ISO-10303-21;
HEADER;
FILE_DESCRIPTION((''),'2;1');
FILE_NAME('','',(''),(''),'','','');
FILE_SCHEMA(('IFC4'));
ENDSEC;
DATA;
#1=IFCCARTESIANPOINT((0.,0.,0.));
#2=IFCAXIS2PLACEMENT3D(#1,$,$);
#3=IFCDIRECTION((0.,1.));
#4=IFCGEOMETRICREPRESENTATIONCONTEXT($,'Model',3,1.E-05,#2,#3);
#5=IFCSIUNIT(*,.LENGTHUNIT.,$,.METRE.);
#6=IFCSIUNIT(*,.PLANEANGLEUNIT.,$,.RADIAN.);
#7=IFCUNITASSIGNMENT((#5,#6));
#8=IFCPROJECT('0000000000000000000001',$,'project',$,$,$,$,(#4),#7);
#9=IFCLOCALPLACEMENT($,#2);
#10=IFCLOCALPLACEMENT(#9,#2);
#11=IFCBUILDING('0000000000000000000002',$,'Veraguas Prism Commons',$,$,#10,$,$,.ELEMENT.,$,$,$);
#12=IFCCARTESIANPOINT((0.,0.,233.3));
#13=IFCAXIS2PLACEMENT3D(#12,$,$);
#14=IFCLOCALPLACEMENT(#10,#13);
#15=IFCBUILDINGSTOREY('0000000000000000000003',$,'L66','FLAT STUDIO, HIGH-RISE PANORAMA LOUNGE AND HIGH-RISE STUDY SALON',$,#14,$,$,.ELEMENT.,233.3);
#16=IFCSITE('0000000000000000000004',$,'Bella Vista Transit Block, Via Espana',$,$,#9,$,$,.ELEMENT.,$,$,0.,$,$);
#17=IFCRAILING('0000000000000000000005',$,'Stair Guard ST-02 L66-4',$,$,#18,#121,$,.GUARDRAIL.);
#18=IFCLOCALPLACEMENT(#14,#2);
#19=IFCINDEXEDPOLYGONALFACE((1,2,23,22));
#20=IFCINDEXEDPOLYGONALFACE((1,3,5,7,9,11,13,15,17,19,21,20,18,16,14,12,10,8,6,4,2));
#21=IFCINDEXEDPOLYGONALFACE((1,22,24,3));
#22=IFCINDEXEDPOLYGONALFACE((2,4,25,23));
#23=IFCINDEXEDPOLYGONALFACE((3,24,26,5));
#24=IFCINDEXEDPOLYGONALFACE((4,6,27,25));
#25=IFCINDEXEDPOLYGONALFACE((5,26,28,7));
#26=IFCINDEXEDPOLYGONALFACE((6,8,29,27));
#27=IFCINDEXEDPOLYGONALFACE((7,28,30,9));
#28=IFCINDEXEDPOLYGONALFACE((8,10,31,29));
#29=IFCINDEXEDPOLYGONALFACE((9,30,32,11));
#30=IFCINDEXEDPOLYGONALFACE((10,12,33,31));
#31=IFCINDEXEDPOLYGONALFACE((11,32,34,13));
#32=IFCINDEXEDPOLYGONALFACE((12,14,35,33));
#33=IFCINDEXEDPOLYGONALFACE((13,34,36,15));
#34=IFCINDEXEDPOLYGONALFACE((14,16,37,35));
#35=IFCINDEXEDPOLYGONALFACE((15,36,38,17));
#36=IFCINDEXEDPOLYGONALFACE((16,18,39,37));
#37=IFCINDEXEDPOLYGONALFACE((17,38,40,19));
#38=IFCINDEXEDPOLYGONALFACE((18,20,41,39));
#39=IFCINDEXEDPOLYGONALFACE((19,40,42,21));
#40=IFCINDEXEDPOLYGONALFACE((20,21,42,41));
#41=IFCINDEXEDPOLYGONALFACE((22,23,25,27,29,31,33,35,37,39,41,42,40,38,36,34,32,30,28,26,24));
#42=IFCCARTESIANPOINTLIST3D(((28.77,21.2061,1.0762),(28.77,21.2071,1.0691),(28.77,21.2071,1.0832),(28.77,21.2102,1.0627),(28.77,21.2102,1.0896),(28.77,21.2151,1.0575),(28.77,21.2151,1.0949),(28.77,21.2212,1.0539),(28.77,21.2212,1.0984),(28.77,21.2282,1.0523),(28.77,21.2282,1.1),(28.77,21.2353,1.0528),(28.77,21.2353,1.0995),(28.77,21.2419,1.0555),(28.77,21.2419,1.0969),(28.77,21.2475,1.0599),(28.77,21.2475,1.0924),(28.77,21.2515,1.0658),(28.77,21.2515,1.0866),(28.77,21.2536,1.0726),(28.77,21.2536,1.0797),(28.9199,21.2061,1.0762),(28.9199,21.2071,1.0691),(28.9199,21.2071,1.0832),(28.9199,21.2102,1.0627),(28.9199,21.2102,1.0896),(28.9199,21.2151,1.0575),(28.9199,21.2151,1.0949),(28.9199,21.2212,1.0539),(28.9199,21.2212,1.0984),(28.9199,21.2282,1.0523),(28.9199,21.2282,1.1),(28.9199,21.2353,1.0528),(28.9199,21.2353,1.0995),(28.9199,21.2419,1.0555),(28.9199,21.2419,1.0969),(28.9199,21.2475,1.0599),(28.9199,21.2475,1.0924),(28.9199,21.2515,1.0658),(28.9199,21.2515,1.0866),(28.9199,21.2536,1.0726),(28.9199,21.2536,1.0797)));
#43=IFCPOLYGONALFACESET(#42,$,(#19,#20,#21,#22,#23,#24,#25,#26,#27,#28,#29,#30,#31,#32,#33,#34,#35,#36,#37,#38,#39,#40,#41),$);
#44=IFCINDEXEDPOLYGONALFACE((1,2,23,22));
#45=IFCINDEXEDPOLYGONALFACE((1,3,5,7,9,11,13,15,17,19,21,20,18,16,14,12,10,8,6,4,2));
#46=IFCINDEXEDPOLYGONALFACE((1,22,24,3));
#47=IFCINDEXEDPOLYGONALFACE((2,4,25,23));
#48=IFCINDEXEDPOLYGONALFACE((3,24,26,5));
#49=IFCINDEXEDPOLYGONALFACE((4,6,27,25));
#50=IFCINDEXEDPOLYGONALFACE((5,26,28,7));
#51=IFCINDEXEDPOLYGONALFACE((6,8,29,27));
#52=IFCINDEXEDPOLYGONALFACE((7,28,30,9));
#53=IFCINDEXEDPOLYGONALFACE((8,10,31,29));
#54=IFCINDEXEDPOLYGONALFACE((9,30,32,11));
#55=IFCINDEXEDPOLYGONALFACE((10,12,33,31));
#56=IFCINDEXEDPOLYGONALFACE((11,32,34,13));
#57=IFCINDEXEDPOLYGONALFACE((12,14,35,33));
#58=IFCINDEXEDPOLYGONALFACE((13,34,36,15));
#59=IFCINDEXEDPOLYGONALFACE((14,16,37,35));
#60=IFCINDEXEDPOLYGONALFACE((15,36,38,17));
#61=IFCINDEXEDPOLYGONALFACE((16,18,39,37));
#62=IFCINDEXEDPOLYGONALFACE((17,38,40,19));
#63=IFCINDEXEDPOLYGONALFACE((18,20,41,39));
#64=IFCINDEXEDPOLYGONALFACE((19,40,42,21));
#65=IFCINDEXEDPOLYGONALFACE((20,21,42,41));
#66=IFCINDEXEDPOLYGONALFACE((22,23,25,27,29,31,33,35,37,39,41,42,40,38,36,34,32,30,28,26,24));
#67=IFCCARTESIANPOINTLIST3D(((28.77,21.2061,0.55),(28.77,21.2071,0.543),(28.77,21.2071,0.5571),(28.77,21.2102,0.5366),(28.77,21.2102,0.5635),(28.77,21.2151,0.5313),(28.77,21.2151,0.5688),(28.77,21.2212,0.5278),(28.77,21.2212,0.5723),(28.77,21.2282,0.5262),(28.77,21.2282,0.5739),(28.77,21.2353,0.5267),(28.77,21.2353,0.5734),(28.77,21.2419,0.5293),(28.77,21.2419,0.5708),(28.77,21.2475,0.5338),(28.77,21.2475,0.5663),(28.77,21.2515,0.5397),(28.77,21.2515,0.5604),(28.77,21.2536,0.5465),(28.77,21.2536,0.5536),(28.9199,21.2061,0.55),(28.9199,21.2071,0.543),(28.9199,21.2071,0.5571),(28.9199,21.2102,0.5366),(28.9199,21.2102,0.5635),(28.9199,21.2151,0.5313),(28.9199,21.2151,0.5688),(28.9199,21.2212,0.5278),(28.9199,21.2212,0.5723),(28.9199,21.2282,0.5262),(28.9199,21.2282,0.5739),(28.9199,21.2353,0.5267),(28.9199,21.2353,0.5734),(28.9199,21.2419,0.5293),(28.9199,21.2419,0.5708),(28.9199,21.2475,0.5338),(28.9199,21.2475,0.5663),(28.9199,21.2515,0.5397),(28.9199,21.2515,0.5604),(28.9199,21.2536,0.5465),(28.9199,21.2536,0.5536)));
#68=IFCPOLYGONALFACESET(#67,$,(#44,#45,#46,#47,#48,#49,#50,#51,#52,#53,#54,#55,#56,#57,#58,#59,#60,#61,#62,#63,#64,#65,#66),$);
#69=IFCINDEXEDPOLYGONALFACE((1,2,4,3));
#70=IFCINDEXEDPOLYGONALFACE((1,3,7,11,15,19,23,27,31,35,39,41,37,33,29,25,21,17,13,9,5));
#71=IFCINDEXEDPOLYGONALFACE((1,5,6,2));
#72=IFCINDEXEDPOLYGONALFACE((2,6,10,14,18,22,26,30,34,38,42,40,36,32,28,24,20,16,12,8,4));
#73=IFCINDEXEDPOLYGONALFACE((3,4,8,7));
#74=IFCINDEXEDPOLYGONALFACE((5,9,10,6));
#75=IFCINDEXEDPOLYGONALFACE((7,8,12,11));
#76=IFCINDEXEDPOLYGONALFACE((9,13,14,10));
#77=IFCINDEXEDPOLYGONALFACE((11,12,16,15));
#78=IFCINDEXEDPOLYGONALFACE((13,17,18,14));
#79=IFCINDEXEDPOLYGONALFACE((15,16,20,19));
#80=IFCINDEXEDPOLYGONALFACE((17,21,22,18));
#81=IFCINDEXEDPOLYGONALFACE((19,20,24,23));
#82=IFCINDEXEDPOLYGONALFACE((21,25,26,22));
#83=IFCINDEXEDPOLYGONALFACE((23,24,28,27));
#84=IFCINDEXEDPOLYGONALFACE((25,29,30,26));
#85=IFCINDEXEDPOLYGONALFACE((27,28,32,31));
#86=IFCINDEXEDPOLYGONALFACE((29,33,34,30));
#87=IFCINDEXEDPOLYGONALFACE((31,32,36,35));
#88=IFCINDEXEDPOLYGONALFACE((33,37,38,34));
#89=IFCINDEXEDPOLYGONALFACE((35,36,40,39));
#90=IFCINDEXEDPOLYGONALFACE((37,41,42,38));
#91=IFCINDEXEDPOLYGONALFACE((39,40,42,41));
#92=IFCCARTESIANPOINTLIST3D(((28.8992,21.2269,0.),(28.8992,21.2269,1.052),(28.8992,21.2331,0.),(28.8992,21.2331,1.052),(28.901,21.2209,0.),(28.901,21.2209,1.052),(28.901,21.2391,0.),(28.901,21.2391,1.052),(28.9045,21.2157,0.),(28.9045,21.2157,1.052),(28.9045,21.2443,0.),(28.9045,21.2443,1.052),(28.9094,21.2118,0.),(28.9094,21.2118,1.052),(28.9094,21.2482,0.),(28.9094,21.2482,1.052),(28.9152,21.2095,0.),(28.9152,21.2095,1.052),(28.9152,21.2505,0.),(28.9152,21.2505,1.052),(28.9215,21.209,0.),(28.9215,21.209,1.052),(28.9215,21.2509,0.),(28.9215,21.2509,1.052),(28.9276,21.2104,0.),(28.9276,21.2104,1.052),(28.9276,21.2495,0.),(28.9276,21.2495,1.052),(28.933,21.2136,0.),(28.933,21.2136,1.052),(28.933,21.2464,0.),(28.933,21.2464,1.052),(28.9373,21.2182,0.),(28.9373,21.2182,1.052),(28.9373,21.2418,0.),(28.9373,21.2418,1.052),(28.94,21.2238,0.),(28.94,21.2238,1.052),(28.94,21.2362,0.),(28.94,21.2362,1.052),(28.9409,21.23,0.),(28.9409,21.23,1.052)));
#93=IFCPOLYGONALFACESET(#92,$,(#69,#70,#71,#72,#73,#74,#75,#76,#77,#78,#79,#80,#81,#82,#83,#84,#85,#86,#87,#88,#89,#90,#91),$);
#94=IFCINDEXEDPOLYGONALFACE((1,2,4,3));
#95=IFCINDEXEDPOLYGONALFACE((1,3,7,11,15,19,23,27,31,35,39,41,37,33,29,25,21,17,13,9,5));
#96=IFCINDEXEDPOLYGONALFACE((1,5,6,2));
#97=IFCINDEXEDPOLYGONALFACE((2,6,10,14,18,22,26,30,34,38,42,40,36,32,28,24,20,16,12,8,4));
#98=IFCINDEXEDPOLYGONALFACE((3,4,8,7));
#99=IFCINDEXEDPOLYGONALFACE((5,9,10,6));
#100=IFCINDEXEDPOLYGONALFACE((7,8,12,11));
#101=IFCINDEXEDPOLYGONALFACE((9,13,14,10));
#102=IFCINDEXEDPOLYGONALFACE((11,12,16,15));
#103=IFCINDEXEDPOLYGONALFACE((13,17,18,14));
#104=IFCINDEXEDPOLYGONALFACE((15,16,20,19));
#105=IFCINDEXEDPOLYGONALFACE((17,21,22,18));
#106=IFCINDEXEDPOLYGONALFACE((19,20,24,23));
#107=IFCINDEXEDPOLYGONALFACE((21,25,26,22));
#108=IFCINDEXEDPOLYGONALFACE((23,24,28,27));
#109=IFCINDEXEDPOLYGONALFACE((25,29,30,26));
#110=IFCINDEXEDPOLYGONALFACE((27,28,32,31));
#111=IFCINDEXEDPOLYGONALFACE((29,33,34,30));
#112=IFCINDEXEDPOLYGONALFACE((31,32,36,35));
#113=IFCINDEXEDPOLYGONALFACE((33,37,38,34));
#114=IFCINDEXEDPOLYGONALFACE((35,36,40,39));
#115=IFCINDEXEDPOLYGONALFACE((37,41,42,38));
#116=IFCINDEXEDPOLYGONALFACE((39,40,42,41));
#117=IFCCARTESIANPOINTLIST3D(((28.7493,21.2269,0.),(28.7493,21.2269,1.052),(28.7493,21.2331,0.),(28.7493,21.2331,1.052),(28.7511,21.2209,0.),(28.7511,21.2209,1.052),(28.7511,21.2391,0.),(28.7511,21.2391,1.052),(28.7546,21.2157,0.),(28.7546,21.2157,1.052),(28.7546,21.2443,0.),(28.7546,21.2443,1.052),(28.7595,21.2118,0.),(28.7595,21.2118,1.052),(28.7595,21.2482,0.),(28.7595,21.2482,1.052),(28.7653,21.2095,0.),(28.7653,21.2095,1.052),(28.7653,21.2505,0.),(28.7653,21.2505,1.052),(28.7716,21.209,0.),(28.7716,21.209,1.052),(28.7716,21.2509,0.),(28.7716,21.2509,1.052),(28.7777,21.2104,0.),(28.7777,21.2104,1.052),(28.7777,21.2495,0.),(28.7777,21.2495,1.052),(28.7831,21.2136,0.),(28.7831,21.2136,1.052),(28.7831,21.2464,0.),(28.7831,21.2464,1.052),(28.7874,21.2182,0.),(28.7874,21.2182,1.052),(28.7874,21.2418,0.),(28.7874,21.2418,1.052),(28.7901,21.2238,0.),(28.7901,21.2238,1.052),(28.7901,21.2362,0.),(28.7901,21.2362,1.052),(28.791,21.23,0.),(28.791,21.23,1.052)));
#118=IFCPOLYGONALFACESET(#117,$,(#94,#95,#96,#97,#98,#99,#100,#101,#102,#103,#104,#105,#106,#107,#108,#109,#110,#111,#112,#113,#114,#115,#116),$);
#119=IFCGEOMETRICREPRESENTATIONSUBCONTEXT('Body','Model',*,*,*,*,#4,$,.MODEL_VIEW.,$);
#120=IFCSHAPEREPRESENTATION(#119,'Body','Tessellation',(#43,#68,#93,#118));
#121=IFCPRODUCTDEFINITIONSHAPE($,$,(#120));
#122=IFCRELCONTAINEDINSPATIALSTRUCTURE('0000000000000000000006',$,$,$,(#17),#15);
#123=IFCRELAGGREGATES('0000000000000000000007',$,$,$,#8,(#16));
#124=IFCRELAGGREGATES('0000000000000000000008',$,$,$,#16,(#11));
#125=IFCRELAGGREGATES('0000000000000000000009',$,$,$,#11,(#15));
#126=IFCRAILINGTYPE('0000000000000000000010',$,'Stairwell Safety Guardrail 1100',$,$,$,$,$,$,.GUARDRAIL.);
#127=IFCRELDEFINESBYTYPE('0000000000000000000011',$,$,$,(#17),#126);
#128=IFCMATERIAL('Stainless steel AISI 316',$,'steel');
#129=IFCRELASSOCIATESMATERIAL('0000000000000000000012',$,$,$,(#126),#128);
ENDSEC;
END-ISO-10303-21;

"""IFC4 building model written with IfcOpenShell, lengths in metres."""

from ifc_helpers import new_model, si_unit, direction, frame, origin, origin_2d, place, context, subcontext, project, spatial, circle, extrude, material, type_object, element, save


model = new_model("IFC4")

# Units and contexts
model_context = context("Model", 3, precision=1e-05, world=origin(), true_north=direction((0.0, 1.0)))
body_context = subcontext(model_context, "Body", "Model", "MODEL_VIEW")
ifc_project = project(units=[si_unit("LENGTHUNIT", "METRE"), si_unit("PLANEANGLEUNIT", "RADIAN")], contexts=[model_context])

# Site, building, storey
site_placement = place(None, origin())
site = spatial("IfcSite", under=ifc_project, at=site_placement, Name="Bella Vista Transit Block, Via Espana", CompositionType="ELEMENT", RefElevation=0.0)
building_placement = place(site_placement, origin())
building = spatial("IfcBuilding", under=site, at=building_placement, Name="Veraguas Prism Commons", CompositionType="ELEMENT")
storey_placement = place(building_placement, frame((0.0, 0.0, 233.3)))
storey = spatial("IfcBuildingStorey", under=building, at=storey_placement, Name="L66", Description="FLAT STUDIO, HIGH-RISE PANORAMA LOUNGE AND HIGH-RISE STUDY SALON", CompositionType="ELEMENT", Elevation=233.3)

# Shared definitions
ifc_material_1 = material(Name="Stainless steel AISI 316", Category="steel")

# Railing
railing_type_1 = type_object("IfcRailingType", Name="Stairwell Safety Guardrail 1100", PredefinedType="GUARDRAIL", material=ifc_material_1)
railing_1_placement = place(storey_placement, frame((28.9199, 21.23, 0.0)))
element("IfcRailing", 1, at=railing_1_placement, inside=storey, type_object=railing_type_1, Name="Stair Guard ST-02 L66-4", PredefinedType="GUARDRAIL", context=body_context, shape_type="SweptSolid", body=[
    extrude(circle(Radius=0.0239, at=origin_2d()), frame((0.0, 0.0, 1.0762), z_axis=(-1.0, 0.0, 0.0), x_axis=(0.0, -1.0, 0.0)), (0.0, 0.0, 1.0), 0.1499),
    extrude(circle(Radius=0.0239, at=origin_2d()), frame((0.0, 0.0, 0.55), z_axis=(-1.0, 0.0, 0.0), x_axis=(0.0, -1.0, 0.0)), (0.0, 0.0, 1.0), 0.1499),
    extrude(circle(Radius=0.021, at=origin_2d()), origin(), (0.0, 0.0, 1.0), 1.052),
    extrude(circle(Radius=0.021, at=origin_2d()), frame((-0.1499, 0.0, 0.0)), (0.0, 0.0, 1.0), 1.052),
])

save(model, "model.ifc")
